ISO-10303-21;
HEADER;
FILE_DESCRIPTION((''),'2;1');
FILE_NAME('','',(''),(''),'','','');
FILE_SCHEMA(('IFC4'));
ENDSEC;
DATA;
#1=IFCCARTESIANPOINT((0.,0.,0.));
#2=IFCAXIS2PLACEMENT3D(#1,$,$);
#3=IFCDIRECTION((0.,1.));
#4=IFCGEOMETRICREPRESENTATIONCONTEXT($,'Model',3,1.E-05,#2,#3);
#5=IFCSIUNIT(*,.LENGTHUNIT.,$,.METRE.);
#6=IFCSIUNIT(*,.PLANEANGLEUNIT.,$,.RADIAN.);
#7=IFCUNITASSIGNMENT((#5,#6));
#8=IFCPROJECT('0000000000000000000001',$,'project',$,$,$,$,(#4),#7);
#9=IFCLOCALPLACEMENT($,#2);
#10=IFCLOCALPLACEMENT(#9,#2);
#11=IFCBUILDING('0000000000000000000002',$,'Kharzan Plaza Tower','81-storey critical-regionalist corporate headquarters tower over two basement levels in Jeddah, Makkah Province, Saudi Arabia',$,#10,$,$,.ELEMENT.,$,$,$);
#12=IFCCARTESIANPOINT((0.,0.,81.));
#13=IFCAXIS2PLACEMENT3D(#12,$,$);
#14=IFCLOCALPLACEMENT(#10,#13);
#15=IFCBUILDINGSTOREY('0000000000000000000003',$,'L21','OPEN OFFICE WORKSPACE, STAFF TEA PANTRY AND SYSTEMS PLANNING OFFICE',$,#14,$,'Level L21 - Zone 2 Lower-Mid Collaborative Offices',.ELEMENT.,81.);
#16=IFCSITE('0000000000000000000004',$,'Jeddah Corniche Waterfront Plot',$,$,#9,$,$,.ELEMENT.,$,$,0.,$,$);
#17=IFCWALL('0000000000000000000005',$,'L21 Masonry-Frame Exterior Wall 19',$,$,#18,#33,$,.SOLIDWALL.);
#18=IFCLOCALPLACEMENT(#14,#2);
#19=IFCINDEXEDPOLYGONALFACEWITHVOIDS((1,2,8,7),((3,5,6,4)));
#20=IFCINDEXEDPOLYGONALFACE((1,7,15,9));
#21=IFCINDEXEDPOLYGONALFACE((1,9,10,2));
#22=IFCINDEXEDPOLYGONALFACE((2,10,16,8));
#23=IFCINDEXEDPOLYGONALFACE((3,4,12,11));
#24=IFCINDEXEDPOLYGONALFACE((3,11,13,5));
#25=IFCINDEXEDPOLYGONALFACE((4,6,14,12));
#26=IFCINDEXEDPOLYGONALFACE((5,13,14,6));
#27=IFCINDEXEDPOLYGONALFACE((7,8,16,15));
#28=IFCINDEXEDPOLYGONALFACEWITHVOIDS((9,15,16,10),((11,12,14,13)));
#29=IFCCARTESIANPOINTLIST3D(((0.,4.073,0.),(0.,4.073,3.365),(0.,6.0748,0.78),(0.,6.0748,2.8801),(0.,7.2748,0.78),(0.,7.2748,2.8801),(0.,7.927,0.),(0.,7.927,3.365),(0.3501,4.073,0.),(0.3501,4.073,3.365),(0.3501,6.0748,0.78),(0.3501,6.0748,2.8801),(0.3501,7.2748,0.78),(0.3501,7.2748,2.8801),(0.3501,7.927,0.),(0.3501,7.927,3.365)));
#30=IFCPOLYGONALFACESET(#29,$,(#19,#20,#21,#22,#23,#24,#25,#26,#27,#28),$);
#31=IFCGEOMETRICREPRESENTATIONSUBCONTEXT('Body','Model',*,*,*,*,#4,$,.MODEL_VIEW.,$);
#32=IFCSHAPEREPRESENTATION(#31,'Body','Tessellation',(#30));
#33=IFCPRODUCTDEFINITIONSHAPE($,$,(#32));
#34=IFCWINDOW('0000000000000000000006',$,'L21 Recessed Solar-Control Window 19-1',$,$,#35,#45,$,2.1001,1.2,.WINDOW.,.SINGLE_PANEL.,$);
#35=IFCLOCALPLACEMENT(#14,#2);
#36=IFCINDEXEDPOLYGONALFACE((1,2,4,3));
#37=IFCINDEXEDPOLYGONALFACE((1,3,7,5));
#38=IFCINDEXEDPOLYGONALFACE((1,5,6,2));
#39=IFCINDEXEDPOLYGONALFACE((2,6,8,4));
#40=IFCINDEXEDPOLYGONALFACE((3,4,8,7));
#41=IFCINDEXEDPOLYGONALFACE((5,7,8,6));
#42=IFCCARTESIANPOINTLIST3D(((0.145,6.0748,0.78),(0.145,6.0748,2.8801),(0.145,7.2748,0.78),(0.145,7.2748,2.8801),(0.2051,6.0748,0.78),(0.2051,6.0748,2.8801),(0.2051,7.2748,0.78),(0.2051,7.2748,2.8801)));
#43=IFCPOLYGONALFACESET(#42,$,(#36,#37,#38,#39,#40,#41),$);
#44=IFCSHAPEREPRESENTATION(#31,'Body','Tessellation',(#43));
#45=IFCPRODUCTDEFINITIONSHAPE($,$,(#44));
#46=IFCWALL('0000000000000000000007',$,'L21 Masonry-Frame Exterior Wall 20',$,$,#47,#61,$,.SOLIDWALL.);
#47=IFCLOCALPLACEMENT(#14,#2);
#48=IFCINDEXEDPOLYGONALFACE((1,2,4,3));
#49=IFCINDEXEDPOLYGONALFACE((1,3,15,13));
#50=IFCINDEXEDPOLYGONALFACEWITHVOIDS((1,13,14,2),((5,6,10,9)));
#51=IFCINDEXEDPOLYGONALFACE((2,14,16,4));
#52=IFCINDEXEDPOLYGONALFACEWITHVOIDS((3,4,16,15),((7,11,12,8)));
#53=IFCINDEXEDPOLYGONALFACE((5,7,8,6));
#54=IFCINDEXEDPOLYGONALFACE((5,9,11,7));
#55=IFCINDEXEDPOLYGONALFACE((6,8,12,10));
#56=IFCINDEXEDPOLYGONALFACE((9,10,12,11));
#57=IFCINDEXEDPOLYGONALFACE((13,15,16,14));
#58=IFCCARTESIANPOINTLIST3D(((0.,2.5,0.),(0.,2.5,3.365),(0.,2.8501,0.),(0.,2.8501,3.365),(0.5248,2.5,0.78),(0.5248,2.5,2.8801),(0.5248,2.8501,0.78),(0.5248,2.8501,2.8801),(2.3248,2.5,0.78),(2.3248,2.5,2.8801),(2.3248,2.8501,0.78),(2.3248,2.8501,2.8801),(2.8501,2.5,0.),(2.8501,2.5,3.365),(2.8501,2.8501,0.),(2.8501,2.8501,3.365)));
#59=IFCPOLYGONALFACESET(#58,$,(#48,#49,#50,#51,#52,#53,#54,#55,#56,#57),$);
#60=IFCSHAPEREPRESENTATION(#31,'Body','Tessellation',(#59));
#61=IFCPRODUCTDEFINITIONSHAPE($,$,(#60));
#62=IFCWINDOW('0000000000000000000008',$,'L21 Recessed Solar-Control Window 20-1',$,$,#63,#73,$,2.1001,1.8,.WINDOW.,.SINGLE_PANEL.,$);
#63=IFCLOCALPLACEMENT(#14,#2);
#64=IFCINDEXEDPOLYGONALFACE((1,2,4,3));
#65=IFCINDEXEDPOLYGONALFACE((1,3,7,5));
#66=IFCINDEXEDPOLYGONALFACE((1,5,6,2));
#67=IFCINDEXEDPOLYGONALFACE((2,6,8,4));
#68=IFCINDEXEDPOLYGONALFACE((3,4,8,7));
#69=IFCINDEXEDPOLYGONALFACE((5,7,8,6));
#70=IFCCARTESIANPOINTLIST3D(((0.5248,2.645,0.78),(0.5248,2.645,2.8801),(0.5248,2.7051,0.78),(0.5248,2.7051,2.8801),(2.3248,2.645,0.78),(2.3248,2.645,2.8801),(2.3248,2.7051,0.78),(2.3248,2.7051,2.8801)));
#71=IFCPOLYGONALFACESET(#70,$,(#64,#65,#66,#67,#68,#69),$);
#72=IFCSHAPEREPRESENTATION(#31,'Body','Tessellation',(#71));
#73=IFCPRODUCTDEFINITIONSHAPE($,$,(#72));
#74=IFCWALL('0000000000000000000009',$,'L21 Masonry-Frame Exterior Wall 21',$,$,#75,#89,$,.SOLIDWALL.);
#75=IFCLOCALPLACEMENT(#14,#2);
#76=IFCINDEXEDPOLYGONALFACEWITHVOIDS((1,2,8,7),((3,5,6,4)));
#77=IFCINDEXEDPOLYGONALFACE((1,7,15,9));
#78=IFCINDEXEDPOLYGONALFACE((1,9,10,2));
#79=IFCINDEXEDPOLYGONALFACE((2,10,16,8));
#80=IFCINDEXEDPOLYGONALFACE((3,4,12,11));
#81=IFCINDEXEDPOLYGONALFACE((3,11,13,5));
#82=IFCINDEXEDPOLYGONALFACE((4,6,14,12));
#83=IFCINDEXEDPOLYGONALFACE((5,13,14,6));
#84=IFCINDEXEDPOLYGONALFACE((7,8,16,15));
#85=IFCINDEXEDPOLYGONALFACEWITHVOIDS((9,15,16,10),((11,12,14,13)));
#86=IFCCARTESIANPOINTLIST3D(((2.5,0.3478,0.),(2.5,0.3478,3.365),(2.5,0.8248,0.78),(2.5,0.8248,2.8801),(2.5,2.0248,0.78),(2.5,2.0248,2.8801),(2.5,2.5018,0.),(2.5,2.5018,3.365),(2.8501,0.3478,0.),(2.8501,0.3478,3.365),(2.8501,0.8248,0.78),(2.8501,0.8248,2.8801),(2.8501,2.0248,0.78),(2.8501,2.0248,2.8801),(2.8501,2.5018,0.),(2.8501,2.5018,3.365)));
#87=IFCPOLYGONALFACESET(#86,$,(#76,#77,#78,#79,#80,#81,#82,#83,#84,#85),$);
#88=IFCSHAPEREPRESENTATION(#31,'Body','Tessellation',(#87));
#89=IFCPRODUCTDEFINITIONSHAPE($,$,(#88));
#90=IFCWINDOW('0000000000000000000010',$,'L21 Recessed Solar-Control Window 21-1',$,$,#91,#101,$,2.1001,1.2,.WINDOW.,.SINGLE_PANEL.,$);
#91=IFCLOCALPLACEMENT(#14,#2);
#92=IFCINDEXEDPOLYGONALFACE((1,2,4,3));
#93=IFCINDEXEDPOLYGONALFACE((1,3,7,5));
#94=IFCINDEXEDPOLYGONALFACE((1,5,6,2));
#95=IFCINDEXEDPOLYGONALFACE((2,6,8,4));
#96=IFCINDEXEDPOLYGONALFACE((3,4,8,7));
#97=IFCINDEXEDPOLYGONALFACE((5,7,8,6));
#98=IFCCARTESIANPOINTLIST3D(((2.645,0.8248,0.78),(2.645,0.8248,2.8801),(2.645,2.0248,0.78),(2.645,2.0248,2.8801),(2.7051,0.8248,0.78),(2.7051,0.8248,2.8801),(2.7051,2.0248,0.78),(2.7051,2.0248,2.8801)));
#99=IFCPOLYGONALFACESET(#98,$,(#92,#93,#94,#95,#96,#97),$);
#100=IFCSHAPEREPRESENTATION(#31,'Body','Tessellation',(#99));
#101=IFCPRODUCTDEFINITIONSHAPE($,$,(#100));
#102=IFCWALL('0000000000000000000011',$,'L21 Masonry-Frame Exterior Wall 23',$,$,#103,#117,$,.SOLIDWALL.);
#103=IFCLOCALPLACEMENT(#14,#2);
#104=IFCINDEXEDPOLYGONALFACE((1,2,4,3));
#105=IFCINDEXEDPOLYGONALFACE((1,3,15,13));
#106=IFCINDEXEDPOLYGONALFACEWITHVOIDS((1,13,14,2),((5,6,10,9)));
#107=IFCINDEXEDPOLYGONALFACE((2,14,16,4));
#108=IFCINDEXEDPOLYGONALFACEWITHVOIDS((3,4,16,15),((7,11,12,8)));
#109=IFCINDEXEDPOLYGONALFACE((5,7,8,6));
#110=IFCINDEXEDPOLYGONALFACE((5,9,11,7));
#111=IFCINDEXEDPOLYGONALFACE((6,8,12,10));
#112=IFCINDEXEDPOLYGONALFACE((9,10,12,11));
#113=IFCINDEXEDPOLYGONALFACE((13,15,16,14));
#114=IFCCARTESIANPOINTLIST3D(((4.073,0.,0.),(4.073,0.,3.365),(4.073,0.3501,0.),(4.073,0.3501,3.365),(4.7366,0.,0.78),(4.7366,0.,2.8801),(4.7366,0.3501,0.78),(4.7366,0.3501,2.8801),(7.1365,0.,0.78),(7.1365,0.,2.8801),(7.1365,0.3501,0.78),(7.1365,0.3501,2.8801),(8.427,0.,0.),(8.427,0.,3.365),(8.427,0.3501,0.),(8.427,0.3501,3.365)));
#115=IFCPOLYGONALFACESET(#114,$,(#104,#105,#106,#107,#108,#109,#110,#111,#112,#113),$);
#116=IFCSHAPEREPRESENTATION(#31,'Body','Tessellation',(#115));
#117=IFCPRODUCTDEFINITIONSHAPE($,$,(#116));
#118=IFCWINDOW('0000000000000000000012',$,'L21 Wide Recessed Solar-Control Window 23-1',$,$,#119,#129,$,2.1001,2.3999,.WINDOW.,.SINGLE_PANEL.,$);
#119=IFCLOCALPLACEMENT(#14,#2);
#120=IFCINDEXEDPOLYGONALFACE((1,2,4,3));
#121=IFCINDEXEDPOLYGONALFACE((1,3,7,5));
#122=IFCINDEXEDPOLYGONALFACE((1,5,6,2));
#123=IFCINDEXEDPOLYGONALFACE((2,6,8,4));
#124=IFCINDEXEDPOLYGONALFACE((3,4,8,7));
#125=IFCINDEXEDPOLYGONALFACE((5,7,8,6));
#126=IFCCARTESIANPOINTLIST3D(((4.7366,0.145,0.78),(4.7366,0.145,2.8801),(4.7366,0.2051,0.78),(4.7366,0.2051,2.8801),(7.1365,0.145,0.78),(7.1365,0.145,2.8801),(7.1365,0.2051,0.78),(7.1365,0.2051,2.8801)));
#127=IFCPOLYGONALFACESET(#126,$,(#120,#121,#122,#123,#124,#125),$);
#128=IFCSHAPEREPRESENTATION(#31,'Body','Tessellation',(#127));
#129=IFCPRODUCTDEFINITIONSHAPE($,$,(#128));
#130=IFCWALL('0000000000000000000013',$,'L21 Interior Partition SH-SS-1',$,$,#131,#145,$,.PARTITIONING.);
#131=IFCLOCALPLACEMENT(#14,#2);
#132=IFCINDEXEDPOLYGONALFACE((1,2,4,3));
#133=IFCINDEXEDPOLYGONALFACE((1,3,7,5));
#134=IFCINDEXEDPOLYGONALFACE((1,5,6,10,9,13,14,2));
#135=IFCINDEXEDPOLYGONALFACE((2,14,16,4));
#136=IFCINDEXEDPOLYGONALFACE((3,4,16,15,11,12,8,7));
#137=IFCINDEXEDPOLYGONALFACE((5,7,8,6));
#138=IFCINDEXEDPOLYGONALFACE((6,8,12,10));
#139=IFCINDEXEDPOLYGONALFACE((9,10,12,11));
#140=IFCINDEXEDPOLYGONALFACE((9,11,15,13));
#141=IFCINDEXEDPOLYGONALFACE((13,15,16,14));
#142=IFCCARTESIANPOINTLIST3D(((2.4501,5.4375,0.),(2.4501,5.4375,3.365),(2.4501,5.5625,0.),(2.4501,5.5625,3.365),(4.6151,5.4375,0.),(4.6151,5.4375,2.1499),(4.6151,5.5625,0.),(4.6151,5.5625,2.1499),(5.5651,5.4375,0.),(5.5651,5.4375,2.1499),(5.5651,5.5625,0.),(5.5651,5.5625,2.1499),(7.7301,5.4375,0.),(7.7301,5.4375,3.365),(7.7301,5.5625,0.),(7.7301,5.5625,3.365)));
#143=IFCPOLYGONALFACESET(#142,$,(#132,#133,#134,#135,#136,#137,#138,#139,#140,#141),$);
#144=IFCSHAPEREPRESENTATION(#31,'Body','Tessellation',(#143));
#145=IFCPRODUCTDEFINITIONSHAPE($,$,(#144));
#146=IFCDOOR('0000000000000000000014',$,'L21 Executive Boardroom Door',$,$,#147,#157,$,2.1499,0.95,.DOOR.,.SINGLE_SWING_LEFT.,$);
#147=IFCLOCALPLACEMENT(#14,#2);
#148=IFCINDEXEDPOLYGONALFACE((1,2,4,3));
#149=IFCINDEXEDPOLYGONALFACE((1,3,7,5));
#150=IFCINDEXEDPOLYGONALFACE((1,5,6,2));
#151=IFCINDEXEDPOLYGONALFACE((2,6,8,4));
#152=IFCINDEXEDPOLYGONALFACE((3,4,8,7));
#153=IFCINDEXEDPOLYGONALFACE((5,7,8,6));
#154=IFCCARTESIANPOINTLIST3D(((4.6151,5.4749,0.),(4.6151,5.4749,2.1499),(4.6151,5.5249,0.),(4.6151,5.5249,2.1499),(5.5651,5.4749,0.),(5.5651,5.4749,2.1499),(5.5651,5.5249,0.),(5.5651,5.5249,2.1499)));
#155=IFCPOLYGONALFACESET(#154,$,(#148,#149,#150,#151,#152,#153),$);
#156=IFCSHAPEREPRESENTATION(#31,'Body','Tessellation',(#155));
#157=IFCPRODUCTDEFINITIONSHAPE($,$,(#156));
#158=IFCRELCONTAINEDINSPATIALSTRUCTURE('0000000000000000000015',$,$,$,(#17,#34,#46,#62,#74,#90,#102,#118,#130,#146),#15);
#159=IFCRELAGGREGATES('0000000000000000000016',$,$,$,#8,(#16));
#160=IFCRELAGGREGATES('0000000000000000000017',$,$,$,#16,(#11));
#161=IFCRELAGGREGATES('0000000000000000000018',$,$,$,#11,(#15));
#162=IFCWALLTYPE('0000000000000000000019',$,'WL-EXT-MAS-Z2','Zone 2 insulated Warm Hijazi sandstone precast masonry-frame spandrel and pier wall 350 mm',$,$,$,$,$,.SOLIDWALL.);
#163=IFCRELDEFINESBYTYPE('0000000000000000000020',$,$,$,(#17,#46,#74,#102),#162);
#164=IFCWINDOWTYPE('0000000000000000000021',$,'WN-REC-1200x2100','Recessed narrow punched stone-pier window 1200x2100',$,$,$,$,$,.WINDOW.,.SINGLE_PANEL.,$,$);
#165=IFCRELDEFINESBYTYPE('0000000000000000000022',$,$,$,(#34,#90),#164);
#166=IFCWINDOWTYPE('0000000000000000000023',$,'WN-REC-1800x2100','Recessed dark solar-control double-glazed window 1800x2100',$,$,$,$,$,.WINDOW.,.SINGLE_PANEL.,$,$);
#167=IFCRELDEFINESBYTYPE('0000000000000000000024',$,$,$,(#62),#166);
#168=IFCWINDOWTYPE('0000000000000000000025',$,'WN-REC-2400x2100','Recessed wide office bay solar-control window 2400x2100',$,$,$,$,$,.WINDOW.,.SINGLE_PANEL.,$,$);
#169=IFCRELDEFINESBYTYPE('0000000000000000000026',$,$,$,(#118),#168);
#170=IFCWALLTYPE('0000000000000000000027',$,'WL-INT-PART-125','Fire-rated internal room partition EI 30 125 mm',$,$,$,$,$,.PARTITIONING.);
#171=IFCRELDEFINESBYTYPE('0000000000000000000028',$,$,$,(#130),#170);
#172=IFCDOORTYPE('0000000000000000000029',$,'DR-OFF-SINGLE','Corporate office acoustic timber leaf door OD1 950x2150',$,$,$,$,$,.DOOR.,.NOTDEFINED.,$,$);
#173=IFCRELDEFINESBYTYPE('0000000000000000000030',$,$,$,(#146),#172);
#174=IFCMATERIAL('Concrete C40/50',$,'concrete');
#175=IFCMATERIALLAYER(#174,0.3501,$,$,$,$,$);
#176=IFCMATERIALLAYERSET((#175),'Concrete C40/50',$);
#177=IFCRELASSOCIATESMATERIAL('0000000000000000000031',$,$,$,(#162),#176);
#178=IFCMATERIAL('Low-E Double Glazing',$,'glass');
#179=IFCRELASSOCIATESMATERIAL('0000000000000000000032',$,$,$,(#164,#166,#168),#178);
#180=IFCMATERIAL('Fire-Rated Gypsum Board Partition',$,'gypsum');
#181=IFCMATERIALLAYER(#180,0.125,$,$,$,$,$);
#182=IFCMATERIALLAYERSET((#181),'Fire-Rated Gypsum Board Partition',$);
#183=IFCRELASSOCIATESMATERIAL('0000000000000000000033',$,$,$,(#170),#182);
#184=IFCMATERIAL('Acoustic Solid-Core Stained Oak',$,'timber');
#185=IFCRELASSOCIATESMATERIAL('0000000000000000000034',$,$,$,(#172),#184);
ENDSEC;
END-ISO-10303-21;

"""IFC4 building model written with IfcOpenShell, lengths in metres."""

from ifc_helpers import new_model, si_unit, direction, frame, frame_2d, origin, place, context, subcontext, project, spatial, rectangle, extrude, source, transform, mapped, material, layer, layer_set, type_object, element, fill, save


model = new_model("IFC4")

# Units and contexts
model_context = context("Model", 3, precision=1e-05, world=origin(), true_north=direction((0.0, 1.0)))
body_context = subcontext(model_context, "Body", "Model", "MODEL_VIEW")
ifc_project = project(units=[si_unit("LENGTHUNIT", "METRE"), si_unit("PLANEANGLEUNIT", "RADIAN")], contexts=[model_context])

# Site, building, storey
site_placement = place(None, origin())
site = spatial("IfcSite", under=ifc_project, at=site_placement, Name="Jeddah Corniche Waterfront Plot", CompositionType="ELEMENT", RefElevation=0.0)
building_placement = place(site_placement, origin())
building = spatial("IfcBuilding", under=site, at=building_placement, Name="Kharzan Plaza Tower", Description="81-storey critical-regionalist corporate headquarters tower over two basement levels in Jeddah, Makkah Province, Saudi Arabia", CompositionType="ELEMENT")
storey_placement = place(building_placement, frame((0.0, 0.0, 81.0)))
storey = spatial("IfcBuildingStorey", under=building, at=storey_placement, Name="L21", Description="OPEN OFFICE WORKSPACE, STAFF TEA PANTRY AND SYSTEMS PLANNING OFFICE", LongName="Level L21 - Zone 2 Lower-Mid Collaborative Offices", CompositionType="ELEMENT", Elevation=81.0)

# Shared definitions
ifc_material_1 = material(Name="Concrete C40/50", Category="concrete")

# Walls, openings, windows
ifc_layer_1 = layer(ifc_material_1, 0.3501)
ifc_layer_set_1 = layer_set([ifc_layer_1], Name="Concrete C40/50")
wall_type_1 = type_object("IfcWallType", Name="WL-EXT-MAS-Z2", Description="Zone 2 insulated Warm Hijazi sandstone precast masonry-frame spandrel and pier wall 350 mm", PredefinedType="SOLIDWALL", material=ifc_layer_set_1)
wall_1_placement = place(storey_placement, frame((0.175, 7.927, 0.0), z_axis=(0.0, 0.0, 1.0), x_axis=(0.0, -1.0, 0.0)))
wall_1 = element("IfcWall", 1, at=wall_1_placement, inside=storey, type_object=wall_type_1, Name="L21 Masonry-Frame Exterior Wall 19", PredefinedType="SOLIDWALL", context=body_context, shape_type="SweptSolid", body=[
    extrude(rectangle(XDim=3.854, YDim=0.3501, at=frame_2d((1.927, 0.0))), origin(), (0.0, 0.0, 1.0), 3.365),
])
opening_1_placement = place(wall_1_placement, frame((0.6521, 0.0, 0.78)))
opening_1 = element("IfcOpeningElement", 2, at=opening_1_placement, cuts=wall_1, PredefinedType="OPENING", context=body_context, shape_type="SweptSolid", body=[
    extrude(rectangle(XDim=1.2, YDim=2.1001, at=frame_2d((0.6001, 1.05))), frame((0.0, 0.1851, 0.0), z_axis=(0.0, -1.0, 0.0), x_axis=(1.0, 0.0, 0.0)), (0.0, 0.0, 1.0), 0.3701),
])
ifc_material_2 = material(Name="Low-E Double Glazing", Category="glass")
window_type_1 = type_object("IfcWindowType", Name="WN-REC-1200x2100", Description="Recessed narrow punched stone-pier window 1200x2100", PartitioningType="SINGLE_PANEL", PredefinedType="WINDOW", material=ifc_material_2)
shared_shape_1 = source(origin(), body_context, "Body", "SweptSolid", [
    extrude(rectangle(XDim=1.2, YDim=2.1001, at=frame_2d((0.6001, 1.05))), frame((0.0, 0.03, 0.0), z_axis=(0.0, -1.0, 0.0), x_axis=(1.0, 0.0, 0.0)), (0.0, 0.0, 1.0), 0.0601),
])
window_1_placement = place(opening_1_placement, origin())
window_1 = element("IfcWindow", 3, at=window_1_placement, inside=storey, type_object=window_type_1, Name="L21 Recessed Solar-Control Window 19-1", OverallHeight=2.1001, OverallWidth=1.2, PartitioningType="SINGLE_PANEL", PredefinedType="WINDOW", context=body_context, shape_type="MappedRepresentation", body=[
    mapped(shared_shape_1, transform((0.0, 0.0, 0.0), x_axis=(1.0, 0.0, 0.0), y_axis=(0.0, 1.0, 0.0), z_axis=(0.0, 0.0, 1.0))),
])
fill(opening_1, window_1)
wall_2_placement = place(storey_placement, frame((0.0, 2.675, 0.0), z_axis=(0.0, 0.0, 1.0), x_axis=(1.0, 0.0, 0.0)))
wall_2 = element("IfcWall", 4, at=wall_2_placement, inside=storey, type_object=wall_type_1, Name="L21 Masonry-Frame Exterior Wall 20", PredefinedType="SOLIDWALL", context=body_context, shape_type="SweptSolid", body=[
    extrude(rectangle(XDim=2.8501, YDim=0.3501, at=frame_2d((1.425, 0.0))), origin(), (0.0, 0.0, 1.0), 3.365),
])
opening_2_placement = place(wall_2_placement, frame((0.5249, 0.0, 0.78)))
opening_2 = element("IfcOpeningElement", 5, at=opening_2_placement, cuts=wall_2, PredefinedType="OPENING", context=body_context, shape_type="SweptSolid", body=[
    extrude(rectangle(XDim=1.8, YDim=2.1001, at=frame_2d((0.8999, 1.05))), frame((0.0, 0.1851, 0.0), z_axis=(0.0, -1.0, 0.0), x_axis=(1.0, 0.0, 0.0)), (0.0, 0.0, 1.0), 0.3701),
])
window_type_2 = type_object("IfcWindowType", Name="WN-REC-1800x2100", Description="Recessed dark solar-control double-glazed window 1800x2100", PartitioningType="SINGLE_PANEL", PredefinedType="WINDOW", material=ifc_material_2)
shared_shape_2 = source(origin(), body_context, "Body", "SweptSolid", [
    extrude(rectangle(XDim=1.8, YDim=2.1001, at=frame_2d((0.8999, 1.05))), frame((0.0, 0.03, 0.0), z_axis=(0.0, -1.0, 0.0), x_axis=(1.0, 0.0, 0.0)), (0.0, 0.0, 1.0), 0.0601),
])
window_2_placement = place(opening_2_placement, origin())
window_2 = element("IfcWindow", 6, at=window_2_placement, inside=storey, type_object=window_type_2, Name="L21 Recessed Solar-Control Window 20-1", OverallHeight=2.1001, OverallWidth=1.8, PartitioningType="SINGLE_PANEL", PredefinedType="WINDOW", context=body_context, shape_type="MappedRepresentation", body=[
    mapped(shared_shape_2, transform((0.0, 0.0, 0.0), x_axis=(1.0, 0.0, 0.0), y_axis=(0.0, 1.0, 0.0), z_axis=(0.0, 0.0, 1.0))),
])
fill(opening_2, window_2)
wall_3_placement = place(storey_placement, frame((2.675, 2.502, 0.0), z_axis=(0.0, 0.0, 1.0), x_axis=(0.0, -1.0, 0.0)))
wall_3 = element("IfcWall", 7, at=wall_3_placement, inside=storey, type_object=wall_type_1, Name="L21 Masonry-Frame Exterior Wall 21", PredefinedType="SOLIDWALL", context=body_context, shape_type="SweptSolid", body=[
    extrude(rectangle(XDim=2.1541, YDim=0.3501, at=frame_2d((1.0771, 0.0))), origin(), (0.0, 0.0, 1.0), 3.365),
])
opening_3_placement = place(wall_3_placement, frame((0.4771, 0.0, 0.78)))
opening_3 = element("IfcOpeningElement", 8, at=opening_3_placement, cuts=wall_3, PredefinedType="OPENING", context=body_context, shape_type="SweptSolid", body=[
    extrude(rectangle(XDim=1.2, YDim=2.1001, at=frame_2d((0.6001, 1.05))), frame((0.0, 0.1851, 0.0), z_axis=(0.0, -1.0, 0.0), x_axis=(1.0, 0.0, 0.0)), (0.0, 0.0, 1.0), 0.3701),
])
window_3_placement = place(opening_3_placement, origin())
window_3 = element("IfcWindow", 9, at=window_3_placement, inside=storey, type_object=window_type_1, Name="L21 Recessed Solar-Control Window 21-1", OverallHeight=2.1001, OverallWidth=1.2, PartitioningType="SINGLE_PANEL", PredefinedType="WINDOW", context=body_context, shape_type="MappedRepresentation", body=[
    mapped(shared_shape_1, transform((0.0, 0.0, 0.0), x_axis=(1.0, 0.0, 0.0), y_axis=(0.0, 1.0, 0.0), z_axis=(0.0, 0.0, 1.0))),
])
fill(opening_3, window_3)
wall_4_placement = place(storey_placement, frame((4.073, 0.175, 0.0), z_axis=(0.0, 0.0, 1.0), x_axis=(1.0, 0.0, 0.0)))
wall_4 = element("IfcWall", 10, at=wall_4_placement, inside=storey, type_object=wall_type_1, Name="L21 Masonry-Frame Exterior Wall 23", PredefinedType="SOLIDWALL", context=body_context, shape_type="SweptSolid", body=[
    extrude(rectangle(XDim=4.354, YDim=0.3501, at=frame_2d((2.177, 0.0))), origin(), (0.0, 0.0, 1.0), 3.365),
])
opening_4_placement = place(wall_4_placement, frame((0.6636, 0.0, 0.78)))
opening_4 = element("IfcOpeningElement", 11, at=opening_4_placement, cuts=wall_4, PredefinedType="OPENING", context=body_context, shape_type="SweptSolid", body=[
    extrude(rectangle(XDim=2.3999, YDim=2.1001, at=frame_2d((1.2, 1.05))), frame((0.0, 0.1851, 0.0), z_axis=(0.0, -1.0, 0.0), x_axis=(1.0, 0.0, 0.0)), (0.0, 0.0, 1.0), 0.3701),
])
window_type_3 = type_object("IfcWindowType", Name="WN-REC-2400x2100", Description="Recessed wide office bay solar-control window 2400x2100", PartitioningType="SINGLE_PANEL", PredefinedType="WINDOW", material=ifc_material_2)
shared_shape_3 = source(origin(), body_context, "Body", "SweptSolid", [
    extrude(rectangle(XDim=2.3999, YDim=2.1001, at=frame_2d((1.2, 1.05))), frame((0.0, 0.03, 0.0), z_axis=(0.0, -1.0, 0.0), x_axis=(1.0, 0.0, 0.0)), (0.0, 0.0, 1.0), 0.0601),
])
window_4_placement = place(opening_4_placement, origin())
window_4 = element("IfcWindow", 12, at=window_4_placement, inside=storey, type_object=window_type_3, Name="L21 Wide Recessed Solar-Control Window 23-1", OverallHeight=2.1001, OverallWidth=2.3999, PartitioningType="SINGLE_PANEL", PredefinedType="WINDOW", context=body_context, shape_type="MappedRepresentation", body=[
    mapped(shared_shape_3, transform((0.0, 0.0, 0.0), x_axis=(1.0, 0.0, 0.0), y_axis=(0.0, 1.0, 0.0), z_axis=(0.0, 0.0, 1.0))),
])
fill(opening_4, window_4)

# Wall, opening, door
ifc_material_3 = material(Name="Fire-Rated Gypsum Board Partition", Category="gypsum")
ifc_layer_2 = layer(ifc_material_3, 0.125)
ifc_layer_set_2 = layer_set([ifc_layer_2], Name="Fire-Rated Gypsum Board Partition")
wall_type_2 = type_object("IfcWallType", Name="WL-INT-PART-125", Description="Fire-rated internal room partition EI 30 125 mm", PredefinedType="PARTITIONING", material=ifc_layer_set_2)
wall_5_placement = place(storey_placement, frame((2.45, 5.5, 0.0), z_axis=(0.0, 0.0, 1.0), x_axis=(1.0, 0.0, 0.0)))
wall_5 = element("IfcWall", 13, at=wall_5_placement, inside=storey, type_object=wall_type_2, Name="L21 Interior Partition SH-SS-1", PredefinedType="PARTITIONING", context=body_context, shape_type="SweptSolid", body=[
    extrude(rectangle(XDim=5.28, YDim=0.125, at=frame_2d((2.6401, 0.0))), origin(), (0.0, 0.0, 1.0), 3.365),
])
opening_5_placement = place(wall_5_placement, frame((2.165, 0.0, 0.0)))
opening_5 = element("IfcOpeningElement", 14, at=opening_5_placement, cuts=wall_5, PredefinedType="OPENING", context=body_context, shape_type="SweptSolid", body=[
    extrude(rectangle(XDim=0.95, YDim=2.1499, at=frame_2d((0.4751, 1.075))), frame((0.0, 0.0725, 0.0), z_axis=(0.0, -1.0, 0.0), x_axis=(1.0, 0.0, 0.0)), (0.0, 0.0, 1.0), 0.145),
])
ifc_material_4 = material(Name="Acoustic Solid-Core Stained Oak", Category="timber")
door_type = type_object("IfcDoorType", Name="DR-OFF-SINGLE", Description="Corporate office acoustic timber leaf door OD1 950x2150", OperationType="NOTDEFINED", PredefinedType="DOOR", material=ifc_material_4)
shared_shape_4 = source(origin(), body_context, "Body", "SweptSolid", [
    extrude(rectangle(XDim=0.95, YDim=2.1499, at=frame_2d((0.4751, 1.075))), frame((0.0, 0.0249, 0.0), z_axis=(0.0, -1.0, 0.0), x_axis=(1.0, 0.0, 0.0)), (0.0, 0.0, 1.0), 0.05),
])
door_1_placement = place(opening_5_placement, origin())
door_1 = element("IfcDoor", 15, at=door_1_placement, inside=storey, type_object=door_type, Name="L21 Executive Boardroom Door", OperationType="SINGLE_SWING_LEFT", OverallHeight=2.1499, OverallWidth=0.95, PredefinedType="DOOR", context=body_context, shape_type="MappedRepresentation", body=[
    mapped(shared_shape_4, transform((0.0, 0.0, 0.0), x_axis=(1.0, 0.0, 0.0), y_axis=(0.0, 1.0, 0.0), z_axis=(0.0, 0.0, 1.0))),
])
fill(opening_5, door_1)

save(model, "model.ifc")
